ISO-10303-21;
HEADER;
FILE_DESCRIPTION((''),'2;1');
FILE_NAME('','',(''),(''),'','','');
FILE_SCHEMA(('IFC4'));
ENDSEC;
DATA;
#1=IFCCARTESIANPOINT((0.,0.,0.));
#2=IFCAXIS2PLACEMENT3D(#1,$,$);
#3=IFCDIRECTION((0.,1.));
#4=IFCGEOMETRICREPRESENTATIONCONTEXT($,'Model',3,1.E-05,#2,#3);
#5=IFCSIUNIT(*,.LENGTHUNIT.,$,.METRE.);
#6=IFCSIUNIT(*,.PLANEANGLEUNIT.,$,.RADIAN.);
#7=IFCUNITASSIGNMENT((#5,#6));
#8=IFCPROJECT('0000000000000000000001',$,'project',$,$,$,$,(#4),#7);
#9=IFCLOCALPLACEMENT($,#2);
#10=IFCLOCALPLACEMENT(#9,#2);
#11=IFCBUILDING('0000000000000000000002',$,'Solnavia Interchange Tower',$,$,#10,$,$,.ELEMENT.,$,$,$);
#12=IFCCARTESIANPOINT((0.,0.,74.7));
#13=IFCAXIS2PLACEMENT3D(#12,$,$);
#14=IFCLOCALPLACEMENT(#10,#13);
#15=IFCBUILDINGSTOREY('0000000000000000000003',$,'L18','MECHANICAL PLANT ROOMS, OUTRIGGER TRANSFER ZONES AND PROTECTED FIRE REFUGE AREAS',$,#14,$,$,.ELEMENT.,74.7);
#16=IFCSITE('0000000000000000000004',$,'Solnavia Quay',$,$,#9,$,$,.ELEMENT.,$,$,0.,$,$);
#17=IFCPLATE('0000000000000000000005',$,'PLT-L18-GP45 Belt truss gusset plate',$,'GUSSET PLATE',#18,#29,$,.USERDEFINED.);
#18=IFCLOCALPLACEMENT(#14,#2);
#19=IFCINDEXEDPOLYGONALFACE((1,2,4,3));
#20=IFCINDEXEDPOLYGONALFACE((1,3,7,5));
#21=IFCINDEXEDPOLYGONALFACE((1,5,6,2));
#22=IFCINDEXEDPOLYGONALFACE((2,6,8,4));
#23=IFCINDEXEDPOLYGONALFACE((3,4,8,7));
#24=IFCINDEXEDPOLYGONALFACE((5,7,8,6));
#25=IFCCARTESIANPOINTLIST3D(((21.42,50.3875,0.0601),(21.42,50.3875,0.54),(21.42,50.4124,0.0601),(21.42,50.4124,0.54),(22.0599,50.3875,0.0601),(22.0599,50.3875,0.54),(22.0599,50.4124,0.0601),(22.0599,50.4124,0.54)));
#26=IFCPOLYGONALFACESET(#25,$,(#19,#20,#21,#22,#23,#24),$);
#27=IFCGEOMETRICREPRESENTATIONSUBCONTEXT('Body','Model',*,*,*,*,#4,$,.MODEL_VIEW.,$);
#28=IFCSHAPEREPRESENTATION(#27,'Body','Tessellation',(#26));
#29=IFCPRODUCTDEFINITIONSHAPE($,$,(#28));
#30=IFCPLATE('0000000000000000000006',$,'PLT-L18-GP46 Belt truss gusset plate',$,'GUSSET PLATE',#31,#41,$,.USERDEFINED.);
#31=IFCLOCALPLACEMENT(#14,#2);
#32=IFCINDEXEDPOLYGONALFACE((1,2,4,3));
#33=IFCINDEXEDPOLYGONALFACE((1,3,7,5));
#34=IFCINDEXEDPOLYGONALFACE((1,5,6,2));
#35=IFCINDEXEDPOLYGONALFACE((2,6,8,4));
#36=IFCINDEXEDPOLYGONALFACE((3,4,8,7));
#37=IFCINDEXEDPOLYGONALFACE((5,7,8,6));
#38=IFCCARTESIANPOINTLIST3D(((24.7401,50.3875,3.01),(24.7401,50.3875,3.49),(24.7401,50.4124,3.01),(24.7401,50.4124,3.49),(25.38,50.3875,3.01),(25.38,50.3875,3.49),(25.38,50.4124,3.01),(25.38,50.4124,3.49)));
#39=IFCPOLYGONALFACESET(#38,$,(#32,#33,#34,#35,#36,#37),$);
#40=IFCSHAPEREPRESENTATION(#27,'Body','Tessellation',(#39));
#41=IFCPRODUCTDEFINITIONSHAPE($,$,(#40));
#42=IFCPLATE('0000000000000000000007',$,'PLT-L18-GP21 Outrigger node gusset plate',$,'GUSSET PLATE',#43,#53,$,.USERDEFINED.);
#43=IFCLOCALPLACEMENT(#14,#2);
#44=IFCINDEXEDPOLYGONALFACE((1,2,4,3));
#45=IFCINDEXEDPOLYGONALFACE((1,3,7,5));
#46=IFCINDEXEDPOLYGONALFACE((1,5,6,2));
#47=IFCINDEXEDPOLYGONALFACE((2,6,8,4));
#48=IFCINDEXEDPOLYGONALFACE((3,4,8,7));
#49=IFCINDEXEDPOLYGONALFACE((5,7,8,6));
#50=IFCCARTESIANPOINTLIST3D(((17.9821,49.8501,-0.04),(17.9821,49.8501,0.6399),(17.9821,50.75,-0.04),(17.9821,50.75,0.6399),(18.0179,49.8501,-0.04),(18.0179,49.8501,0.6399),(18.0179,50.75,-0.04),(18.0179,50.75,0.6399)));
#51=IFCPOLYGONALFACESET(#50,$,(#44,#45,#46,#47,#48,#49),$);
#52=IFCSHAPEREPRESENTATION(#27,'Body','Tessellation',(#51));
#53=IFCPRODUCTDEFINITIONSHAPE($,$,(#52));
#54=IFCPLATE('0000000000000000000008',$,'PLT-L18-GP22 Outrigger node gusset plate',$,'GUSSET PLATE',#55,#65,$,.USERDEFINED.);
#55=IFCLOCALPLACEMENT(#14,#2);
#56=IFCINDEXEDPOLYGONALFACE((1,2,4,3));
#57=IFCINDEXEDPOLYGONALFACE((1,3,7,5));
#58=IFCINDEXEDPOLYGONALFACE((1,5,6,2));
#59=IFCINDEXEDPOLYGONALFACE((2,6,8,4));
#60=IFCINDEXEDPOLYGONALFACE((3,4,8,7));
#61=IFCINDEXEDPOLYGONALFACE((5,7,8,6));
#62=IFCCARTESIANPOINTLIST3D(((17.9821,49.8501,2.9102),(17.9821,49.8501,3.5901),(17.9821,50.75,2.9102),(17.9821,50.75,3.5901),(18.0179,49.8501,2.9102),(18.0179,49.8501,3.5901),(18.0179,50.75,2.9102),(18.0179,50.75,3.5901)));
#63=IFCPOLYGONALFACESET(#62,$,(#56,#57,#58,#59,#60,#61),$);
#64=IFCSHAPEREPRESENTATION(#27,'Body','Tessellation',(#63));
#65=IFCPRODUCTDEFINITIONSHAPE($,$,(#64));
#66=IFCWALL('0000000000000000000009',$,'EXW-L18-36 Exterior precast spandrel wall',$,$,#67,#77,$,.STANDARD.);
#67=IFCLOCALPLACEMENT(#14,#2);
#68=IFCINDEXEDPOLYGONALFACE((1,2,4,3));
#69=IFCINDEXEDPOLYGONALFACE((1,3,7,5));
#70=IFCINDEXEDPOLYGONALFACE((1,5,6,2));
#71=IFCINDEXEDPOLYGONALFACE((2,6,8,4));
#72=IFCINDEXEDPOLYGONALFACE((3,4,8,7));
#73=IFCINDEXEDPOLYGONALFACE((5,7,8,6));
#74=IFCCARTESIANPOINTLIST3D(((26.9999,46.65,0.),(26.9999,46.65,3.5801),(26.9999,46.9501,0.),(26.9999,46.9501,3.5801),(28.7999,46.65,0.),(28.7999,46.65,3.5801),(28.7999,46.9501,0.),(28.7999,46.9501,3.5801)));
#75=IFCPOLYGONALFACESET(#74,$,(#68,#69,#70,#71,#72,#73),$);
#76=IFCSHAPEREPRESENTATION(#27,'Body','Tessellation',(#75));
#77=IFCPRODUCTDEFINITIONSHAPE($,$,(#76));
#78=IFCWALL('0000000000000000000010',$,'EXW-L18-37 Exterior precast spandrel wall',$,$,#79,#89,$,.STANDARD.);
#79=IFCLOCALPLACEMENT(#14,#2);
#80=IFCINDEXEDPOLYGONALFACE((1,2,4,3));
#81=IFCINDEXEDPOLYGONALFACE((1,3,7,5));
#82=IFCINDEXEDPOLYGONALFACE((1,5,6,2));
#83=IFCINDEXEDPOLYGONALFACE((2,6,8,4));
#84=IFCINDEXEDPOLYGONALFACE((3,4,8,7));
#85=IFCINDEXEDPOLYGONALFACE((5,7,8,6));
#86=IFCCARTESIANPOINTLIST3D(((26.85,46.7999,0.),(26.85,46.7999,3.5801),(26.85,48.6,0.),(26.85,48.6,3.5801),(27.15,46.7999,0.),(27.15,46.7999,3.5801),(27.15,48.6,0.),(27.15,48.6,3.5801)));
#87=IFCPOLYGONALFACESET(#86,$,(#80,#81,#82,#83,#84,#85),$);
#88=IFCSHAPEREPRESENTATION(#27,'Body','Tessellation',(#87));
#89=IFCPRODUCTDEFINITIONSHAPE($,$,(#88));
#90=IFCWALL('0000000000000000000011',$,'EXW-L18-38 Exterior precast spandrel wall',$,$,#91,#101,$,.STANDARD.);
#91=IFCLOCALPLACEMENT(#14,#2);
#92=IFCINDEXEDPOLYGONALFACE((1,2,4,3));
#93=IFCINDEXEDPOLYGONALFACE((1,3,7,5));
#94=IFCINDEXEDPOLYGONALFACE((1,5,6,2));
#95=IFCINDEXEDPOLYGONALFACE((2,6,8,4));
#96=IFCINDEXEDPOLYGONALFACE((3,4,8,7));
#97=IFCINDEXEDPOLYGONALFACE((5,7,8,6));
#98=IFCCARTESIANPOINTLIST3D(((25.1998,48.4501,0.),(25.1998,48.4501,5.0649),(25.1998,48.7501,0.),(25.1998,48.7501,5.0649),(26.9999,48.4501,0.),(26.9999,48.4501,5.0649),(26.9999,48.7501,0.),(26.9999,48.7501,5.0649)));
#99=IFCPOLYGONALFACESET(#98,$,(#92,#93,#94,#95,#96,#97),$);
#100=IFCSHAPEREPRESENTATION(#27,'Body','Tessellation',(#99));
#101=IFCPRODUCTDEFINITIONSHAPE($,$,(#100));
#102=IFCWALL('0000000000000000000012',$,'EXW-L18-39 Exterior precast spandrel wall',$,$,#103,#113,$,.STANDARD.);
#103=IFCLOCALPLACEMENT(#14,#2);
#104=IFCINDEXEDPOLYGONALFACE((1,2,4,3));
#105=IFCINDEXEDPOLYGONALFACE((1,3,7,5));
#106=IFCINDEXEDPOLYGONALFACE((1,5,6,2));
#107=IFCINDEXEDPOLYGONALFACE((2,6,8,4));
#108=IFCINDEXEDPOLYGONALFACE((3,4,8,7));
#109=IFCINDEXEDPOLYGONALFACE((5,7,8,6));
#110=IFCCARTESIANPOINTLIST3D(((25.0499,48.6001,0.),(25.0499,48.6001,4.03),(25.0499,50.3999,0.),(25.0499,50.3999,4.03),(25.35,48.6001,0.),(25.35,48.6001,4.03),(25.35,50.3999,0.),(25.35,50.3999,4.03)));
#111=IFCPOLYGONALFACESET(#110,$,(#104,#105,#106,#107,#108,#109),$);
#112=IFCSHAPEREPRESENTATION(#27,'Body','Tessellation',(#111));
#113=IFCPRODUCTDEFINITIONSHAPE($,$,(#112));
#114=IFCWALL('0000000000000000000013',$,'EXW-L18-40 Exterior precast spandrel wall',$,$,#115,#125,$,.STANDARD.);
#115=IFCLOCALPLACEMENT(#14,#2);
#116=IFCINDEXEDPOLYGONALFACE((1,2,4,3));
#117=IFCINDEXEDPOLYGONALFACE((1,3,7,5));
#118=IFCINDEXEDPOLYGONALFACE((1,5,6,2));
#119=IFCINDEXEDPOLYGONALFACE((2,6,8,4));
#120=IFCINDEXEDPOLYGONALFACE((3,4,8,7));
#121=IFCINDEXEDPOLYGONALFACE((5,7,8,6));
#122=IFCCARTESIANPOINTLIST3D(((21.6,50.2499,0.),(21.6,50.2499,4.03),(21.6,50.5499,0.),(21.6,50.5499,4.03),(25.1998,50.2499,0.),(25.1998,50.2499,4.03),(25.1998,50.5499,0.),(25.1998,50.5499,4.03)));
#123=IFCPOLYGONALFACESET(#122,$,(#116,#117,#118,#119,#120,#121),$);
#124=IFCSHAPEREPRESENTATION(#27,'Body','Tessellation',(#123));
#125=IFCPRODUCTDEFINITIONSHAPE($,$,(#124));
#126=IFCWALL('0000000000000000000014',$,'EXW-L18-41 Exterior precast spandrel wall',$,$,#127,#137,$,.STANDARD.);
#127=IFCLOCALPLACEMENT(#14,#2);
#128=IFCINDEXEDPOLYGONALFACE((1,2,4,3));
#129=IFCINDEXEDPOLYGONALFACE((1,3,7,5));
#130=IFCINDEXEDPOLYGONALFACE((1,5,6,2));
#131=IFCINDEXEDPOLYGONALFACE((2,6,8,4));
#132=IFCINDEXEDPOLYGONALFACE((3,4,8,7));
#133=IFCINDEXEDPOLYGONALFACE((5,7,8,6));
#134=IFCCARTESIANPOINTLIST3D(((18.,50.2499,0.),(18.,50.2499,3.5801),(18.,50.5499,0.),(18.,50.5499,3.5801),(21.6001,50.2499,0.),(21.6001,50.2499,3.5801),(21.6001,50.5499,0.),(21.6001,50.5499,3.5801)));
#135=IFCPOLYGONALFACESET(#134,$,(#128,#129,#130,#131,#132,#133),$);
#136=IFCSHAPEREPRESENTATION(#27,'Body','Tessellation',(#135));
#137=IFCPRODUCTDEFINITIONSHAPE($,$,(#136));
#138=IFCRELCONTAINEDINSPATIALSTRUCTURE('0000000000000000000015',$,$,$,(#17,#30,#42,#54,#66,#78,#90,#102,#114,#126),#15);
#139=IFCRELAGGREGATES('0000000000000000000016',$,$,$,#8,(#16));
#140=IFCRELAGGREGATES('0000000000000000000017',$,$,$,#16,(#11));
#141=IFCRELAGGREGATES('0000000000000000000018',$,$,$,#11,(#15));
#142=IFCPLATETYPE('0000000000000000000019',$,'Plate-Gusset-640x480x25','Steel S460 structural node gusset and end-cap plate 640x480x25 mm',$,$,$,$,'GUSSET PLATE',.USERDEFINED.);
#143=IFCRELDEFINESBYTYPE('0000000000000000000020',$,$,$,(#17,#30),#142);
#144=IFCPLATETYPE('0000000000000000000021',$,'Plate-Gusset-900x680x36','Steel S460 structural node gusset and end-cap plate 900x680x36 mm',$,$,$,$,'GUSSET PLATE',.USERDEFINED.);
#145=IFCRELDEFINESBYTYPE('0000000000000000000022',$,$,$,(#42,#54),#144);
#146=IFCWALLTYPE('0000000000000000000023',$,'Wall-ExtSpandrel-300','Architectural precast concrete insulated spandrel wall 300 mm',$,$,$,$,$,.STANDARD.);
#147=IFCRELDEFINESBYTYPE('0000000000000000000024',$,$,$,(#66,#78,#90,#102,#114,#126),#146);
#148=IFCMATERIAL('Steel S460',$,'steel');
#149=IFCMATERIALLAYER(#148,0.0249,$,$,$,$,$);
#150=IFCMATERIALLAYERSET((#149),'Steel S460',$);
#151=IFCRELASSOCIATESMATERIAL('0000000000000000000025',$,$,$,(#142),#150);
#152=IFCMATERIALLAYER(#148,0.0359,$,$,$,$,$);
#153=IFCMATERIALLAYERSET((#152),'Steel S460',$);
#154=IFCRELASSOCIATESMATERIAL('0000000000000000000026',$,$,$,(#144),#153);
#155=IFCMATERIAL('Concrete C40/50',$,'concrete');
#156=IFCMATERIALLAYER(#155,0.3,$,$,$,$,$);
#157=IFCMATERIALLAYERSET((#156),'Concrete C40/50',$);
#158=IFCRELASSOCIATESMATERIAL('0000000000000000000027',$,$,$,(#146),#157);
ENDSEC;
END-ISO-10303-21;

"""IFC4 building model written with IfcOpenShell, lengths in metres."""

from ifc_helpers import new_model, si_unit, direction, frame, frame_2d, origin, origin_2d, place, context, subcontext, project, spatial, rectangle, extrude, material, layer, layer_set, type_object, element, save


model = new_model("IFC4")

# Units and contexts
model_context = context("Model", 3, precision=1e-05, world=origin(), true_north=direction((0.0, 1.0)))
body_context = subcontext(model_context, "Body", "Model", "MODEL_VIEW")
ifc_project = project(units=[si_unit("LENGTHUNIT", "METRE"), si_unit("PLANEANGLEUNIT", "RADIAN")], contexts=[model_context])

# Site, building, storey
site_placement = place(None, origin())
site = spatial("IfcSite", under=ifc_project, at=site_placement, Name="Solnavia Quay", CompositionType="ELEMENT", RefElevation=0.0)
building_placement = place(site_placement, origin())
building = spatial("IfcBuilding", under=site, at=building_placement, Name="Solnavia Interchange Tower", CompositionType="ELEMENT")
storey_placement = place(building_placement, frame((0.0, 0.0, 74.7)))
storey = spatial("IfcBuildingStorey", under=building, at=storey_placement, Name="L18", Description="MECHANICAL PLANT ROOMS, OUTRIGGER TRANSFER ZONES AND PROTECTED FIRE REFUGE AREAS", CompositionType="ELEMENT", Elevation=74.7)

# Shared definitions
ifc_material_1 = material(Name="Steel S460", Category="steel")

# Plates
ifc_layer_1 = layer(ifc_material_1, 0.0249)
ifc_layer_set_1 = layer_set([ifc_layer_1], Name="Steel S460")
plate_type_1 = type_object("IfcPlateType", Name="Plate-Gusset-640x480x25", Description="Steel S460 structural node gusset and end-cap plate 640x480x25 mm", ElementType="GUSSET PLATE", PredefinedType="USERDEFINED", material=ifc_layer_set_1)
for number, where, z_axis, x_axis, name in (
    (1, (21.74, 50.3999, 0.0601), (0.0, 0.0, 1.0), (1.0, 0.0, 0.0), "PLT-L18-GP45 Belt truss gusset plate"),
    (2, (25.0601, 50.3999, 3.01), (0.0, 0.0, 1.0), (1.0, 0.0, 0.0), "PLT-L18-GP46 Belt truss gusset plate"),
):
    element("IfcPlate", number, at=place(storey_placement, frame(where, z_axis=z_axis, x_axis=x_axis)), inside=storey, type_object=plate_type_1, Name=name, ObjectType="GUSSET PLATE", PredefinedType="USERDEFINED", context=body_context, shape_type="SweptSolid", body=[
        extrude(rectangle(XDim=0.6399, YDim=0.0249, at=origin_2d()), origin(), (0.0, 0.0, 1.0), 0.48),
    ])
ifc_layer_2 = layer(ifc_material_1, 0.0359)
ifc_layer_set_2 = layer_set([ifc_layer_2], Name="Steel S460")
plate_type_2 = type_object("IfcPlateType", Name="Plate-Gusset-900x680x36", Description="Steel S460 structural node gusset and end-cap plate 900x680x36 mm", ElementType="GUSSET PLATE", PredefinedType="USERDEFINED", material=ifc_layer_set_2)
for number, where, z_axis, x_axis, name in (
    (3, (18.0, 50.3, -0.04), (0.0, 0.0, 1.0), (0.0, 1.0, 0.0), "PLT-L18-GP21 Outrigger node gusset plate"),
    (4, (18.0, 50.3, 2.9102), (0.0, 0.0, 1.0), (0.0, 1.0, 0.0), "PLT-L18-GP22 Outrigger node gusset plate"),
):
    element("IfcPlate", number, at=place(storey_placement, frame(where, z_axis=z_axis, x_axis=x_axis)), inside=storey, type_object=plate_type_2, Name=name, ObjectType="GUSSET PLATE", PredefinedType="USERDEFINED", context=body_context, shape_type="SweptSolid", body=[
        extrude(rectangle(XDim=0.8999, YDim=0.0359, at=origin_2d()), origin(), (0.0, 0.0, 1.0), 0.6799),
    ])

# Walls
ifc_material_2 = material(Name="Concrete C40/50", Category="concrete")
ifc_layer_3 = layer(ifc_material_2, 0.3)
ifc_layer_set_3 = layer_set([ifc_layer_3], Name="Concrete C40/50")
wall_type = type_object("IfcWallType", Name="Wall-ExtSpandrel-300", Description="Architectural precast concrete insulated spandrel wall 300 mm", PredefinedType="STANDARD", material=ifc_layer_set_3)
for number, where, z_axis, x_axis, name in (
    (5, (27.0, 46.8, 0.0), (0.0, 0.0, 1.0), (1.0, 0.0, 0.0), "EXW-L18-36 Exterior precast spandrel wall"),
    (6, (27.0, 46.8, 0.0), (0.0, 0.0, 1.0), (0.0, 1.0, 0.0), "EXW-L18-37 Exterior precast spandrel wall"),
):
    element("IfcWall", number, at=place(storey_placement, frame(where, z_axis=z_axis, x_axis=x_axis)), inside=storey, type_object=wall_type, Name=name, PredefinedType="STANDARD", context=body_context, shape_type="SweptSolid", body=[
        extrude(rectangle(XDim=1.8, YDim=0.3, at=frame_2d((0.8999, 0.0))), origin(), (0.0, 0.0, 1.0), 3.5801),
    ])
wall_1_placement = place(storey_placement, frame((25.2, 48.6001, 0.0), z_axis=(0.0, 0.0, 1.0), x_axis=(1.0, 0.0, 0.0)))
element("IfcWall", 7, at=wall_1_placement, inside=storey, type_object=wall_type, Name="EXW-L18-38 Exterior precast spandrel wall", PredefinedType="STANDARD", context=body_context, shape_type="SweptSolid", body=[
    extrude(rectangle(XDim=1.8, YDim=0.3, at=frame_2d((0.8999, 0.0))), origin(), (0.0, 0.0, 1.0), 5.0649),
])
wall_2_placement = place(storey_placement, frame((25.2, 48.6001, 0.0), z_axis=(0.0, 0.0, 1.0), x_axis=(0.0, 1.0, 0.0)))
element("IfcWall", 8, at=wall_2_placement, inside=storey, type_object=wall_type, Name="EXW-L18-39 Exterior precast spandrel wall", PredefinedType="STANDARD", context=body_context, shape_type="SweptSolid", body=[
    extrude(rectangle(XDim=1.7998, YDim=0.3, at=frame_2d((0.8999, 0.0))), origin(), (0.0, 0.0, 1.0), 4.03),
])
wall_3_placement = place(storey_placement, frame((21.6001, 50.3999, 0.0), z_axis=(0.0, 0.0, 1.0), x_axis=(1.0, 0.0, 0.0)))
element("IfcWall", 9, at=wall_3_placement, inside=storey, type_object=wall_type, Name="EXW-L18-40 Exterior precast spandrel wall", PredefinedType="STANDARD", context=body_context, shape_type="SweptSolid", body=[
    extrude(rectangle(XDim=3.5999, YDim=0.3, at=frame_2d((1.7998, 0.0))), origin(), (0.0, 0.0, 1.0), 4.03),
])
wall_4_placement = place(storey_placement, frame((18.0, 50.3999, 0.0), z_axis=(0.0, 0.0, 1.0), x_axis=(1.0, 0.0, 0.0)))
element("IfcWall", 10, at=wall_4_placement, inside=storey, type_object=wall_type, Name="EXW-L18-41 Exterior precast spandrel wall", PredefinedType="STANDARD", context=body_context, shape_type="SweptSolid", body=[
    extrude(rectangle(XDim=3.6001, YDim=0.3, at=frame_2d((1.8, 0.0))), origin(), (0.0, 0.0, 1.0), 3.5801),
])

save(model, "model.ifc")
